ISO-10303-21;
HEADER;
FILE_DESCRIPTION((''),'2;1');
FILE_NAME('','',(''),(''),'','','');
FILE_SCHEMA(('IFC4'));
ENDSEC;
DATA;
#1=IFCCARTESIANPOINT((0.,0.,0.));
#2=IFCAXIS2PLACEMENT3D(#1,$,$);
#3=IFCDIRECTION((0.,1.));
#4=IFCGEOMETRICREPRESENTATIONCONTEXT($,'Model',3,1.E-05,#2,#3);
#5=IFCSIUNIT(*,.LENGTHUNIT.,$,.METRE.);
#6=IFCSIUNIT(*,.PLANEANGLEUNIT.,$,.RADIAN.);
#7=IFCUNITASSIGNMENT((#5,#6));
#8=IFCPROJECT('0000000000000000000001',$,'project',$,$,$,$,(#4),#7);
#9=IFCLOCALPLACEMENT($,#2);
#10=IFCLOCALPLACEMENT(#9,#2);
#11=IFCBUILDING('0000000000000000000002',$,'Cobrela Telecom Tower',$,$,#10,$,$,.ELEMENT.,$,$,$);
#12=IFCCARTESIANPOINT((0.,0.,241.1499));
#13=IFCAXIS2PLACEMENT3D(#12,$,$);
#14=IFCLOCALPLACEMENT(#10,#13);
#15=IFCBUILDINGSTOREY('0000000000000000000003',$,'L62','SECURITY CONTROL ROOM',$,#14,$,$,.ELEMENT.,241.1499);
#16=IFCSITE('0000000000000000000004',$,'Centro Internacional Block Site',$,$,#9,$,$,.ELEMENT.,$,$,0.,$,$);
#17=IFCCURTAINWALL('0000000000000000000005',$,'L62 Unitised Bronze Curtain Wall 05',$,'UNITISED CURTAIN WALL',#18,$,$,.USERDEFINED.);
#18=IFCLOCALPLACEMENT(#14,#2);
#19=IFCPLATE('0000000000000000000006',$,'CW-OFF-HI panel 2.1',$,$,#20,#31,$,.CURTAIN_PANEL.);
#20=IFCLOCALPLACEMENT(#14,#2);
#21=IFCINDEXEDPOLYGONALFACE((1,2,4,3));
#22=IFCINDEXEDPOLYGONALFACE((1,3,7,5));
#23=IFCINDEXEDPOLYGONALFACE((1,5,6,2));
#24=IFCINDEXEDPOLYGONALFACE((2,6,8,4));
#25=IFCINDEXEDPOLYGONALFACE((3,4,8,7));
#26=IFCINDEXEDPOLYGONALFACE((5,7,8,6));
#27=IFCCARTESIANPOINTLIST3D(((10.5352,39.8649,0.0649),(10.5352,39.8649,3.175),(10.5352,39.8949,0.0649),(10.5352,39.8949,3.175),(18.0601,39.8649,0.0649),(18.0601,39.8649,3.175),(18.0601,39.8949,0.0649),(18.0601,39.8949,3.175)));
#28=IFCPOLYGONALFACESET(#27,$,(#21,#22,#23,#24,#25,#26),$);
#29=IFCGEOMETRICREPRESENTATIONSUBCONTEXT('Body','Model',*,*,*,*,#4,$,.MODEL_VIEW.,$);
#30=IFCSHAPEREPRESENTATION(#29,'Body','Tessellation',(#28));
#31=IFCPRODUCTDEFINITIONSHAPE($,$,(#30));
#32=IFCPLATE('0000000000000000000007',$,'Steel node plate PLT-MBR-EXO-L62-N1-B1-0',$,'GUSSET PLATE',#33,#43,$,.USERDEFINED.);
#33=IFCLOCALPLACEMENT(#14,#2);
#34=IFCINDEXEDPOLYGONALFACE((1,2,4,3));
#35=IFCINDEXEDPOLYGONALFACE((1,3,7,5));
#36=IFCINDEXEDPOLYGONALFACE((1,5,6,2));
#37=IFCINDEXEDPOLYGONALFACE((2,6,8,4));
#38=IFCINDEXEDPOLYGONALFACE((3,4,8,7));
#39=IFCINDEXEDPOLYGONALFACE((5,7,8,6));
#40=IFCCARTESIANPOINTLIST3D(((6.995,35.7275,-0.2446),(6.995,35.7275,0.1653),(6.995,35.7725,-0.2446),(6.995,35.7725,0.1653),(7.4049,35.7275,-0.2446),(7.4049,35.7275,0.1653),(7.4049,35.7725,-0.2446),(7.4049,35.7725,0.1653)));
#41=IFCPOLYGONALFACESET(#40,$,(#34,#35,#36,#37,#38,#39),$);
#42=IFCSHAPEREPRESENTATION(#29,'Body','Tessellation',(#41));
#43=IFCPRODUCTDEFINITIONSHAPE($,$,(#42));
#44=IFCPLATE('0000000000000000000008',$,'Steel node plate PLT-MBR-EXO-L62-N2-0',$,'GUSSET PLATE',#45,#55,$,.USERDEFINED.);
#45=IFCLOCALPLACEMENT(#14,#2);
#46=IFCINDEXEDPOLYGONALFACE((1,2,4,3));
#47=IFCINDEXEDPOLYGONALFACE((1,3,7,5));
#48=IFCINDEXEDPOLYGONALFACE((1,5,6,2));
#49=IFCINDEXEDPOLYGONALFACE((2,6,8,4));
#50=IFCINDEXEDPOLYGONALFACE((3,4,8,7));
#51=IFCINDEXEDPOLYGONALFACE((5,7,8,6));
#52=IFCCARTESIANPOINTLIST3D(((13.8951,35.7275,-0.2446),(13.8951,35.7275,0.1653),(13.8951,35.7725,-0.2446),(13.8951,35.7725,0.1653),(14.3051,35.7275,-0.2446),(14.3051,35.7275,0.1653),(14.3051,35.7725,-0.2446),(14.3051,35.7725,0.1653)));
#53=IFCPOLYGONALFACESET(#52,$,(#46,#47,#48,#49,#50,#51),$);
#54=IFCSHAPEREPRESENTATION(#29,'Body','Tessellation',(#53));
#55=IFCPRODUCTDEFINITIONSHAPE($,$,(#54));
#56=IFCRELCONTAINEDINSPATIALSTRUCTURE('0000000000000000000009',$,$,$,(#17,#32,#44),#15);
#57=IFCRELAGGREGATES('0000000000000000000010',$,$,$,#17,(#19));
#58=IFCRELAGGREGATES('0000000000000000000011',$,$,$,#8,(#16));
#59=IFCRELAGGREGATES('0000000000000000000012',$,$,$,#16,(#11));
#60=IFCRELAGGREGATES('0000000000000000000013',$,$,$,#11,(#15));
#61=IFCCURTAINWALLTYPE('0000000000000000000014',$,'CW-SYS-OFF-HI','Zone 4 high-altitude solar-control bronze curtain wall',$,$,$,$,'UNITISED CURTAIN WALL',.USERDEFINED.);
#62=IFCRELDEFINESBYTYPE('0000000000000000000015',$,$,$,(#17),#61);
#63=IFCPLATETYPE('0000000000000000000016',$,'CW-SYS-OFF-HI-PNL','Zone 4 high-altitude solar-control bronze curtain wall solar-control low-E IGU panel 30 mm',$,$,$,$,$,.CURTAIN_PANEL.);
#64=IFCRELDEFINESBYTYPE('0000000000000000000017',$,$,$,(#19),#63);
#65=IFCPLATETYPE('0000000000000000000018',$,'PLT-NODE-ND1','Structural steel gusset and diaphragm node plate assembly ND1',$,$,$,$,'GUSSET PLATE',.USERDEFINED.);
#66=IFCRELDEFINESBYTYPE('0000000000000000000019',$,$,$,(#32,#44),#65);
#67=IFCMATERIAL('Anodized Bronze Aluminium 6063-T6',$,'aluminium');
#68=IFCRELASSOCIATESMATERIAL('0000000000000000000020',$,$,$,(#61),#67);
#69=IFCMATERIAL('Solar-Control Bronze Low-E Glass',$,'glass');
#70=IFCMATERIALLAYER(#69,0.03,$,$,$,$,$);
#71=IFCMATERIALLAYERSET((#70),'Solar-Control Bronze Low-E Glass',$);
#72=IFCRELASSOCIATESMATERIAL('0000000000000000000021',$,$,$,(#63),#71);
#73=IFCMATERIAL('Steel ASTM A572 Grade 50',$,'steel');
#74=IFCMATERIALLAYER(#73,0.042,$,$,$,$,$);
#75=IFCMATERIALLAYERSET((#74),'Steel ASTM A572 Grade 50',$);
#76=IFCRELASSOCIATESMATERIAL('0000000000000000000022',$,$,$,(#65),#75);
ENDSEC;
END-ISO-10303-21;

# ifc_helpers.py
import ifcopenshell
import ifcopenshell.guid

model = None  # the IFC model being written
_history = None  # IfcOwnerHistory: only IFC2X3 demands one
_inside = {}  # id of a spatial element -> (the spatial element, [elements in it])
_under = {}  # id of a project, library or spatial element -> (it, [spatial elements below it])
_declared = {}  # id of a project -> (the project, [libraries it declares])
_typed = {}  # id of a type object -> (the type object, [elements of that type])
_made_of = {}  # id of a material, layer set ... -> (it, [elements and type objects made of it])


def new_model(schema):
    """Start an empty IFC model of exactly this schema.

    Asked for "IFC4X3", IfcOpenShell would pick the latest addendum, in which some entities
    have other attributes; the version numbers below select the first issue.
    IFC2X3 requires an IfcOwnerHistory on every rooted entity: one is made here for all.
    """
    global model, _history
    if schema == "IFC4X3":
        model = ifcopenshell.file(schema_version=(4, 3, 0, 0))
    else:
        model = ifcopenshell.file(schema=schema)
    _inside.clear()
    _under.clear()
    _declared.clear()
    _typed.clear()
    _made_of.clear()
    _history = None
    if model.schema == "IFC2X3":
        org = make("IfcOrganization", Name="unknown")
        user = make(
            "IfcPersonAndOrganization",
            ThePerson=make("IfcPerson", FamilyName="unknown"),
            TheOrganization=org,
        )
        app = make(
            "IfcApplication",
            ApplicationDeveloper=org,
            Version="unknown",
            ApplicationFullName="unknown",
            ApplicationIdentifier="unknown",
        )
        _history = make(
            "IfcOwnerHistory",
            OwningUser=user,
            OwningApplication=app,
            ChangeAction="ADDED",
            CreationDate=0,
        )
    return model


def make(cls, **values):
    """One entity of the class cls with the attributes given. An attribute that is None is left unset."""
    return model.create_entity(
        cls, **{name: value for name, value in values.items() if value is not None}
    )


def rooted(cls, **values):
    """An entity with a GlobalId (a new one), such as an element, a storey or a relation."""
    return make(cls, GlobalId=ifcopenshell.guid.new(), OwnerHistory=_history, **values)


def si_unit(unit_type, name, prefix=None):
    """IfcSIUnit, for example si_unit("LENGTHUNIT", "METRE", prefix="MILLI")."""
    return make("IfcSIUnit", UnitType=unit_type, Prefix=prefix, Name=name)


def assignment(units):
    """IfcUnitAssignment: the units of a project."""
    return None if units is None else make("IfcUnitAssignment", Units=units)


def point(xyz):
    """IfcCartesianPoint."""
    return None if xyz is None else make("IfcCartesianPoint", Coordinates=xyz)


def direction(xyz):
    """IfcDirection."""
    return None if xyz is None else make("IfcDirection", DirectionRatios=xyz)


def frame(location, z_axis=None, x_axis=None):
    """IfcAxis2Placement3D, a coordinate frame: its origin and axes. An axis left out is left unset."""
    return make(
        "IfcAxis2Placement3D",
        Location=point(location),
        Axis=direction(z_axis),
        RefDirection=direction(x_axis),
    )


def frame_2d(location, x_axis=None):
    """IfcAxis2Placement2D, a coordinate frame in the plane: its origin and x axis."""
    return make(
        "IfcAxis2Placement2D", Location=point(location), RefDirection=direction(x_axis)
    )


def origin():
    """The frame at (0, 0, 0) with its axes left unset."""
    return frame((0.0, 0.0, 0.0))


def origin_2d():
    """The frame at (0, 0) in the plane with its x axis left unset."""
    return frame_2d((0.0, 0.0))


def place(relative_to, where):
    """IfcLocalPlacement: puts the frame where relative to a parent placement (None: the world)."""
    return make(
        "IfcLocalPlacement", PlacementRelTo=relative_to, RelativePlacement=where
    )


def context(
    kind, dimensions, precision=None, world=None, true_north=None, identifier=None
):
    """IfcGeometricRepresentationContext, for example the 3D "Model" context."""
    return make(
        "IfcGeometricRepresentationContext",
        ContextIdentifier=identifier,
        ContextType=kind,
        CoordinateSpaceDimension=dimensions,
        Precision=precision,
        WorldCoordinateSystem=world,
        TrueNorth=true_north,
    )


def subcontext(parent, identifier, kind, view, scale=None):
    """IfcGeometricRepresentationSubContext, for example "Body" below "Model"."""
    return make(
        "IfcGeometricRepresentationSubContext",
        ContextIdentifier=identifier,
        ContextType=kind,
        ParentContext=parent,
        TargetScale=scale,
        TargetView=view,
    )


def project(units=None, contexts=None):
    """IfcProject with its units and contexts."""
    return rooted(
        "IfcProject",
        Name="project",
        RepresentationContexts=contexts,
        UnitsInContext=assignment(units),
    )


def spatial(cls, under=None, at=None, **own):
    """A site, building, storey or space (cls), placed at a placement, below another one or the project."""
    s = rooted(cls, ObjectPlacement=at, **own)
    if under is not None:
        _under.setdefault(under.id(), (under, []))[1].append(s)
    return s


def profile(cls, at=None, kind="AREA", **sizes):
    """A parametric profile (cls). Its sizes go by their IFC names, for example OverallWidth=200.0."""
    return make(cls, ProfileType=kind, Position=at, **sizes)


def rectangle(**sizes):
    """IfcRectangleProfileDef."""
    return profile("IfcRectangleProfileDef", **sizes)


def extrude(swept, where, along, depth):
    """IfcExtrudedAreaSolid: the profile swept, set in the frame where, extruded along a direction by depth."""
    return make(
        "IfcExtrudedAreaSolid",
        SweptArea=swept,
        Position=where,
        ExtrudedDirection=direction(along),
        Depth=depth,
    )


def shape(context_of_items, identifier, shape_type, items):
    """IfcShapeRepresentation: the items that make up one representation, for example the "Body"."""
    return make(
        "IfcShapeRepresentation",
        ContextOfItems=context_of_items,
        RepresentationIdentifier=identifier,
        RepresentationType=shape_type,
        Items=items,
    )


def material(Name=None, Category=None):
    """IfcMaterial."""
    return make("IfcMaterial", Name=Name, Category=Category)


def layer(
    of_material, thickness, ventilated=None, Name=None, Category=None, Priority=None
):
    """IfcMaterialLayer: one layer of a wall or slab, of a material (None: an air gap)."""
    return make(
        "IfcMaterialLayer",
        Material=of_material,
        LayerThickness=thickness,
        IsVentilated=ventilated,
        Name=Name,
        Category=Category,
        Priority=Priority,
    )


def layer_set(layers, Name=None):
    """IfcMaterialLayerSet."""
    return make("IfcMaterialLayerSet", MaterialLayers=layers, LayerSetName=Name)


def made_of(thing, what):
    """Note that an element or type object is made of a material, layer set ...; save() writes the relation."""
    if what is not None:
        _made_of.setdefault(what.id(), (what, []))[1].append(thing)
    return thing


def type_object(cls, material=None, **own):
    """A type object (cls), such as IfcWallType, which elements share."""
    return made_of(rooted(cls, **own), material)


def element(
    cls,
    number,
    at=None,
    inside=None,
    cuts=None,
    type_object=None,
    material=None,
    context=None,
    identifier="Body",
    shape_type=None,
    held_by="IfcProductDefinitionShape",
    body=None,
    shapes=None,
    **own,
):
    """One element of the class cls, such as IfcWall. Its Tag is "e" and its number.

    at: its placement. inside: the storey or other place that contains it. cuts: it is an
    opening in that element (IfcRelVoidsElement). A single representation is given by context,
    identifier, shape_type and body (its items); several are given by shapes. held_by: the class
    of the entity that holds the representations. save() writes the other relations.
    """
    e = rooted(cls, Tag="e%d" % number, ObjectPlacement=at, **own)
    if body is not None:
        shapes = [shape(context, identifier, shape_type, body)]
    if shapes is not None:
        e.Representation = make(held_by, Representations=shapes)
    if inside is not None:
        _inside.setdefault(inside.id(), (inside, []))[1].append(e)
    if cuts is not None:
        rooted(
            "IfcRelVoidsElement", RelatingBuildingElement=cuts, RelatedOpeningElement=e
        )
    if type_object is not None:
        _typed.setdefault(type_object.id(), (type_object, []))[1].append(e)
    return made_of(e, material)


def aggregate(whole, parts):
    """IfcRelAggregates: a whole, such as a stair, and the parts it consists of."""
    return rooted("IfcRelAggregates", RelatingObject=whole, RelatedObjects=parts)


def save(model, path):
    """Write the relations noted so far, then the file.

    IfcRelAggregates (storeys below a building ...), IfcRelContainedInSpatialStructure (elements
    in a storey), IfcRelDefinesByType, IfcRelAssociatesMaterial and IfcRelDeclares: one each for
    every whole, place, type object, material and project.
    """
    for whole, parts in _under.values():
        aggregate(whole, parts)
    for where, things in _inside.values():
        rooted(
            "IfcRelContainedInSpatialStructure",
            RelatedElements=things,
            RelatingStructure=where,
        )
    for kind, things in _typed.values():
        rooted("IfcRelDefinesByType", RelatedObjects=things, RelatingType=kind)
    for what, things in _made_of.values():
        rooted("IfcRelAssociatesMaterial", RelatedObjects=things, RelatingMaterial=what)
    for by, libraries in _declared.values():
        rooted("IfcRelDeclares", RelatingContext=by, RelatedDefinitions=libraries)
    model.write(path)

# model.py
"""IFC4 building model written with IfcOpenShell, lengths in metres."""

from ifc_helpers import new_model, si_unit, direction, frame, origin, origin_2d, place, context, subcontext, project, spatial, rectangle, extrude, material, layer, layer_set, type_object, element, aggregate, save


model = new_model("IFC4")

# Units and contexts
model_context = context("Model", 3, precision=1e-05, world=origin(), true_north=direction((0.0, 1.0)))
body_context = subcontext(model_context, "Body", "Model", "MODEL_VIEW")
ifc_project = project(units=[si_unit("LENGTHUNIT", "METRE"), si_unit("PLANEANGLEUNIT", "RADIAN")], contexts=[model_context])

# Site, building, storey
site_placement = place(None, origin())
site = spatial("IfcSite", under=ifc_project, at=site_placement, Name="Centro Internacional Block Site", CompositionType="ELEMENT", RefElevation=0.0)
building_placement = place(site_placement, origin())
building = spatial("IfcBuilding", under=site, at=building_placement, Name="Cobrela Telecom Tower", CompositionType="ELEMENT")
storey_placement = place(building_placement, frame((0.0, 0.0, 241.1499)))
storey = spatial("IfcBuildingStorey", under=building, at=storey_placement, Name="L62", Description="SECURITY CONTROL ROOM", CompositionType="ELEMENT", Elevation=241.1499)

# Shared definitions
ifc_material_1 = material(Name="Steel ASTM A572 Grade 50", Category="steel")

# Curtain wall
ifc_material_2 = material(Name="Anodized Bronze Aluminium 6063-T6", Category="aluminium")
curtain_wall_type = type_object("IfcCurtainWallType", Name="CW-SYS-OFF-HI", Description="Zone 4 high-altitude solar-control bronze curtain wall", ElementType="UNITISED CURTAIN WALL", PredefinedType="USERDEFINED", material=ifc_material_2)
curtain_wall_placement = place(storey_placement, origin())
curtain_wall = element("IfcCurtainWall", 1, at=curtain_wall_placement, inside=storey, type_object=curtain_wall_type, Name="L62 Unitised Bronze Curtain Wall 05", ObjectType="UNITISED CURTAIN WALL", PredefinedType="USERDEFINED")

# Plate
ifc_material_3 = material(Name="Solar-Control Bronze Low-E Glass", Category="glass")
ifc_layer_1 = layer(ifc_material_3, 0.03)
ifc_layer_set_1 = layer_set([ifc_layer_1], Name="Solar-Control Bronze Low-E Glass")
plate_type_1 = type_object("IfcPlateType", Name="CW-SYS-OFF-HI-PNL", Description="Zone 4 high-altitude solar-control bronze curtain wall solar-control low-E IGU panel 30 mm", PredefinedType="CURTAIN_PANEL", material=ifc_layer_set_1)
plate_placement = place(storey_placement, frame((14.2976, 39.8799, 0.0649), z_axis=(0.0, 0.0, 1.0), x_axis=(1.0, 0.0, 0.0)))
plate = element("IfcPlate", 2, at=plate_placement, type_object=plate_type_1, Name="CW-OFF-HI panel 2.1", PredefinedType="CURTAIN_PANEL", context=body_context, shape_type="SweptSolid", body=[
    extrude(rectangle(XDim=7.5249, YDim=0.03, at=origin_2d()), origin(), (0.0, 0.0, 1.0), 3.1101),
])
aggregate(curtain_wall, [plate])

# Plates
ifc_layer_2 = layer(ifc_material_1, 0.042)
ifc_layer_set_2 = layer_set([ifc_layer_2], Name="Steel ASTM A572 Grade 50")
plate_type_2 = type_object("IfcPlateType", Name="PLT-NODE-ND1", Description="Structural steel gusset and diaphragm node plate assembly ND1", ElementType="GUSSET PLATE", PredefinedType="USERDEFINED", material=ifc_layer_set_2)
for number, where, z_axis, x_axis, name in (
    (3, (7.2, 35.75, -0.2446), (0.0, 0.0, 1.0), (-1.0, 0.0, 0.0), "Steel node plate PLT-MBR-EXO-L62-N1-B1-0"),
    (4, (14.1001, 35.75, -0.2446), (0.0, 0.0, 1.0), (-1.0, 0.0, 0.0), "Steel node plate PLT-MBR-EXO-L62-N2-0"),
):
    element("IfcPlate", number, at=place(storey_placement, frame(where, z_axis=z_axis, x_axis=x_axis)), inside=storey, type_object=plate_type_2, Name=name, ObjectType="GUSSET PLATE", PredefinedType="USERDEFINED", context=body_context, shape_type="SweptSolid", body=[
        extrude(rectangle(XDim=0.4099, YDim=0.0449, at=origin_2d()), origin(), (0.0, 0.0, 1.0), 0.4099),
    ])

save(model, "model.ifc")
